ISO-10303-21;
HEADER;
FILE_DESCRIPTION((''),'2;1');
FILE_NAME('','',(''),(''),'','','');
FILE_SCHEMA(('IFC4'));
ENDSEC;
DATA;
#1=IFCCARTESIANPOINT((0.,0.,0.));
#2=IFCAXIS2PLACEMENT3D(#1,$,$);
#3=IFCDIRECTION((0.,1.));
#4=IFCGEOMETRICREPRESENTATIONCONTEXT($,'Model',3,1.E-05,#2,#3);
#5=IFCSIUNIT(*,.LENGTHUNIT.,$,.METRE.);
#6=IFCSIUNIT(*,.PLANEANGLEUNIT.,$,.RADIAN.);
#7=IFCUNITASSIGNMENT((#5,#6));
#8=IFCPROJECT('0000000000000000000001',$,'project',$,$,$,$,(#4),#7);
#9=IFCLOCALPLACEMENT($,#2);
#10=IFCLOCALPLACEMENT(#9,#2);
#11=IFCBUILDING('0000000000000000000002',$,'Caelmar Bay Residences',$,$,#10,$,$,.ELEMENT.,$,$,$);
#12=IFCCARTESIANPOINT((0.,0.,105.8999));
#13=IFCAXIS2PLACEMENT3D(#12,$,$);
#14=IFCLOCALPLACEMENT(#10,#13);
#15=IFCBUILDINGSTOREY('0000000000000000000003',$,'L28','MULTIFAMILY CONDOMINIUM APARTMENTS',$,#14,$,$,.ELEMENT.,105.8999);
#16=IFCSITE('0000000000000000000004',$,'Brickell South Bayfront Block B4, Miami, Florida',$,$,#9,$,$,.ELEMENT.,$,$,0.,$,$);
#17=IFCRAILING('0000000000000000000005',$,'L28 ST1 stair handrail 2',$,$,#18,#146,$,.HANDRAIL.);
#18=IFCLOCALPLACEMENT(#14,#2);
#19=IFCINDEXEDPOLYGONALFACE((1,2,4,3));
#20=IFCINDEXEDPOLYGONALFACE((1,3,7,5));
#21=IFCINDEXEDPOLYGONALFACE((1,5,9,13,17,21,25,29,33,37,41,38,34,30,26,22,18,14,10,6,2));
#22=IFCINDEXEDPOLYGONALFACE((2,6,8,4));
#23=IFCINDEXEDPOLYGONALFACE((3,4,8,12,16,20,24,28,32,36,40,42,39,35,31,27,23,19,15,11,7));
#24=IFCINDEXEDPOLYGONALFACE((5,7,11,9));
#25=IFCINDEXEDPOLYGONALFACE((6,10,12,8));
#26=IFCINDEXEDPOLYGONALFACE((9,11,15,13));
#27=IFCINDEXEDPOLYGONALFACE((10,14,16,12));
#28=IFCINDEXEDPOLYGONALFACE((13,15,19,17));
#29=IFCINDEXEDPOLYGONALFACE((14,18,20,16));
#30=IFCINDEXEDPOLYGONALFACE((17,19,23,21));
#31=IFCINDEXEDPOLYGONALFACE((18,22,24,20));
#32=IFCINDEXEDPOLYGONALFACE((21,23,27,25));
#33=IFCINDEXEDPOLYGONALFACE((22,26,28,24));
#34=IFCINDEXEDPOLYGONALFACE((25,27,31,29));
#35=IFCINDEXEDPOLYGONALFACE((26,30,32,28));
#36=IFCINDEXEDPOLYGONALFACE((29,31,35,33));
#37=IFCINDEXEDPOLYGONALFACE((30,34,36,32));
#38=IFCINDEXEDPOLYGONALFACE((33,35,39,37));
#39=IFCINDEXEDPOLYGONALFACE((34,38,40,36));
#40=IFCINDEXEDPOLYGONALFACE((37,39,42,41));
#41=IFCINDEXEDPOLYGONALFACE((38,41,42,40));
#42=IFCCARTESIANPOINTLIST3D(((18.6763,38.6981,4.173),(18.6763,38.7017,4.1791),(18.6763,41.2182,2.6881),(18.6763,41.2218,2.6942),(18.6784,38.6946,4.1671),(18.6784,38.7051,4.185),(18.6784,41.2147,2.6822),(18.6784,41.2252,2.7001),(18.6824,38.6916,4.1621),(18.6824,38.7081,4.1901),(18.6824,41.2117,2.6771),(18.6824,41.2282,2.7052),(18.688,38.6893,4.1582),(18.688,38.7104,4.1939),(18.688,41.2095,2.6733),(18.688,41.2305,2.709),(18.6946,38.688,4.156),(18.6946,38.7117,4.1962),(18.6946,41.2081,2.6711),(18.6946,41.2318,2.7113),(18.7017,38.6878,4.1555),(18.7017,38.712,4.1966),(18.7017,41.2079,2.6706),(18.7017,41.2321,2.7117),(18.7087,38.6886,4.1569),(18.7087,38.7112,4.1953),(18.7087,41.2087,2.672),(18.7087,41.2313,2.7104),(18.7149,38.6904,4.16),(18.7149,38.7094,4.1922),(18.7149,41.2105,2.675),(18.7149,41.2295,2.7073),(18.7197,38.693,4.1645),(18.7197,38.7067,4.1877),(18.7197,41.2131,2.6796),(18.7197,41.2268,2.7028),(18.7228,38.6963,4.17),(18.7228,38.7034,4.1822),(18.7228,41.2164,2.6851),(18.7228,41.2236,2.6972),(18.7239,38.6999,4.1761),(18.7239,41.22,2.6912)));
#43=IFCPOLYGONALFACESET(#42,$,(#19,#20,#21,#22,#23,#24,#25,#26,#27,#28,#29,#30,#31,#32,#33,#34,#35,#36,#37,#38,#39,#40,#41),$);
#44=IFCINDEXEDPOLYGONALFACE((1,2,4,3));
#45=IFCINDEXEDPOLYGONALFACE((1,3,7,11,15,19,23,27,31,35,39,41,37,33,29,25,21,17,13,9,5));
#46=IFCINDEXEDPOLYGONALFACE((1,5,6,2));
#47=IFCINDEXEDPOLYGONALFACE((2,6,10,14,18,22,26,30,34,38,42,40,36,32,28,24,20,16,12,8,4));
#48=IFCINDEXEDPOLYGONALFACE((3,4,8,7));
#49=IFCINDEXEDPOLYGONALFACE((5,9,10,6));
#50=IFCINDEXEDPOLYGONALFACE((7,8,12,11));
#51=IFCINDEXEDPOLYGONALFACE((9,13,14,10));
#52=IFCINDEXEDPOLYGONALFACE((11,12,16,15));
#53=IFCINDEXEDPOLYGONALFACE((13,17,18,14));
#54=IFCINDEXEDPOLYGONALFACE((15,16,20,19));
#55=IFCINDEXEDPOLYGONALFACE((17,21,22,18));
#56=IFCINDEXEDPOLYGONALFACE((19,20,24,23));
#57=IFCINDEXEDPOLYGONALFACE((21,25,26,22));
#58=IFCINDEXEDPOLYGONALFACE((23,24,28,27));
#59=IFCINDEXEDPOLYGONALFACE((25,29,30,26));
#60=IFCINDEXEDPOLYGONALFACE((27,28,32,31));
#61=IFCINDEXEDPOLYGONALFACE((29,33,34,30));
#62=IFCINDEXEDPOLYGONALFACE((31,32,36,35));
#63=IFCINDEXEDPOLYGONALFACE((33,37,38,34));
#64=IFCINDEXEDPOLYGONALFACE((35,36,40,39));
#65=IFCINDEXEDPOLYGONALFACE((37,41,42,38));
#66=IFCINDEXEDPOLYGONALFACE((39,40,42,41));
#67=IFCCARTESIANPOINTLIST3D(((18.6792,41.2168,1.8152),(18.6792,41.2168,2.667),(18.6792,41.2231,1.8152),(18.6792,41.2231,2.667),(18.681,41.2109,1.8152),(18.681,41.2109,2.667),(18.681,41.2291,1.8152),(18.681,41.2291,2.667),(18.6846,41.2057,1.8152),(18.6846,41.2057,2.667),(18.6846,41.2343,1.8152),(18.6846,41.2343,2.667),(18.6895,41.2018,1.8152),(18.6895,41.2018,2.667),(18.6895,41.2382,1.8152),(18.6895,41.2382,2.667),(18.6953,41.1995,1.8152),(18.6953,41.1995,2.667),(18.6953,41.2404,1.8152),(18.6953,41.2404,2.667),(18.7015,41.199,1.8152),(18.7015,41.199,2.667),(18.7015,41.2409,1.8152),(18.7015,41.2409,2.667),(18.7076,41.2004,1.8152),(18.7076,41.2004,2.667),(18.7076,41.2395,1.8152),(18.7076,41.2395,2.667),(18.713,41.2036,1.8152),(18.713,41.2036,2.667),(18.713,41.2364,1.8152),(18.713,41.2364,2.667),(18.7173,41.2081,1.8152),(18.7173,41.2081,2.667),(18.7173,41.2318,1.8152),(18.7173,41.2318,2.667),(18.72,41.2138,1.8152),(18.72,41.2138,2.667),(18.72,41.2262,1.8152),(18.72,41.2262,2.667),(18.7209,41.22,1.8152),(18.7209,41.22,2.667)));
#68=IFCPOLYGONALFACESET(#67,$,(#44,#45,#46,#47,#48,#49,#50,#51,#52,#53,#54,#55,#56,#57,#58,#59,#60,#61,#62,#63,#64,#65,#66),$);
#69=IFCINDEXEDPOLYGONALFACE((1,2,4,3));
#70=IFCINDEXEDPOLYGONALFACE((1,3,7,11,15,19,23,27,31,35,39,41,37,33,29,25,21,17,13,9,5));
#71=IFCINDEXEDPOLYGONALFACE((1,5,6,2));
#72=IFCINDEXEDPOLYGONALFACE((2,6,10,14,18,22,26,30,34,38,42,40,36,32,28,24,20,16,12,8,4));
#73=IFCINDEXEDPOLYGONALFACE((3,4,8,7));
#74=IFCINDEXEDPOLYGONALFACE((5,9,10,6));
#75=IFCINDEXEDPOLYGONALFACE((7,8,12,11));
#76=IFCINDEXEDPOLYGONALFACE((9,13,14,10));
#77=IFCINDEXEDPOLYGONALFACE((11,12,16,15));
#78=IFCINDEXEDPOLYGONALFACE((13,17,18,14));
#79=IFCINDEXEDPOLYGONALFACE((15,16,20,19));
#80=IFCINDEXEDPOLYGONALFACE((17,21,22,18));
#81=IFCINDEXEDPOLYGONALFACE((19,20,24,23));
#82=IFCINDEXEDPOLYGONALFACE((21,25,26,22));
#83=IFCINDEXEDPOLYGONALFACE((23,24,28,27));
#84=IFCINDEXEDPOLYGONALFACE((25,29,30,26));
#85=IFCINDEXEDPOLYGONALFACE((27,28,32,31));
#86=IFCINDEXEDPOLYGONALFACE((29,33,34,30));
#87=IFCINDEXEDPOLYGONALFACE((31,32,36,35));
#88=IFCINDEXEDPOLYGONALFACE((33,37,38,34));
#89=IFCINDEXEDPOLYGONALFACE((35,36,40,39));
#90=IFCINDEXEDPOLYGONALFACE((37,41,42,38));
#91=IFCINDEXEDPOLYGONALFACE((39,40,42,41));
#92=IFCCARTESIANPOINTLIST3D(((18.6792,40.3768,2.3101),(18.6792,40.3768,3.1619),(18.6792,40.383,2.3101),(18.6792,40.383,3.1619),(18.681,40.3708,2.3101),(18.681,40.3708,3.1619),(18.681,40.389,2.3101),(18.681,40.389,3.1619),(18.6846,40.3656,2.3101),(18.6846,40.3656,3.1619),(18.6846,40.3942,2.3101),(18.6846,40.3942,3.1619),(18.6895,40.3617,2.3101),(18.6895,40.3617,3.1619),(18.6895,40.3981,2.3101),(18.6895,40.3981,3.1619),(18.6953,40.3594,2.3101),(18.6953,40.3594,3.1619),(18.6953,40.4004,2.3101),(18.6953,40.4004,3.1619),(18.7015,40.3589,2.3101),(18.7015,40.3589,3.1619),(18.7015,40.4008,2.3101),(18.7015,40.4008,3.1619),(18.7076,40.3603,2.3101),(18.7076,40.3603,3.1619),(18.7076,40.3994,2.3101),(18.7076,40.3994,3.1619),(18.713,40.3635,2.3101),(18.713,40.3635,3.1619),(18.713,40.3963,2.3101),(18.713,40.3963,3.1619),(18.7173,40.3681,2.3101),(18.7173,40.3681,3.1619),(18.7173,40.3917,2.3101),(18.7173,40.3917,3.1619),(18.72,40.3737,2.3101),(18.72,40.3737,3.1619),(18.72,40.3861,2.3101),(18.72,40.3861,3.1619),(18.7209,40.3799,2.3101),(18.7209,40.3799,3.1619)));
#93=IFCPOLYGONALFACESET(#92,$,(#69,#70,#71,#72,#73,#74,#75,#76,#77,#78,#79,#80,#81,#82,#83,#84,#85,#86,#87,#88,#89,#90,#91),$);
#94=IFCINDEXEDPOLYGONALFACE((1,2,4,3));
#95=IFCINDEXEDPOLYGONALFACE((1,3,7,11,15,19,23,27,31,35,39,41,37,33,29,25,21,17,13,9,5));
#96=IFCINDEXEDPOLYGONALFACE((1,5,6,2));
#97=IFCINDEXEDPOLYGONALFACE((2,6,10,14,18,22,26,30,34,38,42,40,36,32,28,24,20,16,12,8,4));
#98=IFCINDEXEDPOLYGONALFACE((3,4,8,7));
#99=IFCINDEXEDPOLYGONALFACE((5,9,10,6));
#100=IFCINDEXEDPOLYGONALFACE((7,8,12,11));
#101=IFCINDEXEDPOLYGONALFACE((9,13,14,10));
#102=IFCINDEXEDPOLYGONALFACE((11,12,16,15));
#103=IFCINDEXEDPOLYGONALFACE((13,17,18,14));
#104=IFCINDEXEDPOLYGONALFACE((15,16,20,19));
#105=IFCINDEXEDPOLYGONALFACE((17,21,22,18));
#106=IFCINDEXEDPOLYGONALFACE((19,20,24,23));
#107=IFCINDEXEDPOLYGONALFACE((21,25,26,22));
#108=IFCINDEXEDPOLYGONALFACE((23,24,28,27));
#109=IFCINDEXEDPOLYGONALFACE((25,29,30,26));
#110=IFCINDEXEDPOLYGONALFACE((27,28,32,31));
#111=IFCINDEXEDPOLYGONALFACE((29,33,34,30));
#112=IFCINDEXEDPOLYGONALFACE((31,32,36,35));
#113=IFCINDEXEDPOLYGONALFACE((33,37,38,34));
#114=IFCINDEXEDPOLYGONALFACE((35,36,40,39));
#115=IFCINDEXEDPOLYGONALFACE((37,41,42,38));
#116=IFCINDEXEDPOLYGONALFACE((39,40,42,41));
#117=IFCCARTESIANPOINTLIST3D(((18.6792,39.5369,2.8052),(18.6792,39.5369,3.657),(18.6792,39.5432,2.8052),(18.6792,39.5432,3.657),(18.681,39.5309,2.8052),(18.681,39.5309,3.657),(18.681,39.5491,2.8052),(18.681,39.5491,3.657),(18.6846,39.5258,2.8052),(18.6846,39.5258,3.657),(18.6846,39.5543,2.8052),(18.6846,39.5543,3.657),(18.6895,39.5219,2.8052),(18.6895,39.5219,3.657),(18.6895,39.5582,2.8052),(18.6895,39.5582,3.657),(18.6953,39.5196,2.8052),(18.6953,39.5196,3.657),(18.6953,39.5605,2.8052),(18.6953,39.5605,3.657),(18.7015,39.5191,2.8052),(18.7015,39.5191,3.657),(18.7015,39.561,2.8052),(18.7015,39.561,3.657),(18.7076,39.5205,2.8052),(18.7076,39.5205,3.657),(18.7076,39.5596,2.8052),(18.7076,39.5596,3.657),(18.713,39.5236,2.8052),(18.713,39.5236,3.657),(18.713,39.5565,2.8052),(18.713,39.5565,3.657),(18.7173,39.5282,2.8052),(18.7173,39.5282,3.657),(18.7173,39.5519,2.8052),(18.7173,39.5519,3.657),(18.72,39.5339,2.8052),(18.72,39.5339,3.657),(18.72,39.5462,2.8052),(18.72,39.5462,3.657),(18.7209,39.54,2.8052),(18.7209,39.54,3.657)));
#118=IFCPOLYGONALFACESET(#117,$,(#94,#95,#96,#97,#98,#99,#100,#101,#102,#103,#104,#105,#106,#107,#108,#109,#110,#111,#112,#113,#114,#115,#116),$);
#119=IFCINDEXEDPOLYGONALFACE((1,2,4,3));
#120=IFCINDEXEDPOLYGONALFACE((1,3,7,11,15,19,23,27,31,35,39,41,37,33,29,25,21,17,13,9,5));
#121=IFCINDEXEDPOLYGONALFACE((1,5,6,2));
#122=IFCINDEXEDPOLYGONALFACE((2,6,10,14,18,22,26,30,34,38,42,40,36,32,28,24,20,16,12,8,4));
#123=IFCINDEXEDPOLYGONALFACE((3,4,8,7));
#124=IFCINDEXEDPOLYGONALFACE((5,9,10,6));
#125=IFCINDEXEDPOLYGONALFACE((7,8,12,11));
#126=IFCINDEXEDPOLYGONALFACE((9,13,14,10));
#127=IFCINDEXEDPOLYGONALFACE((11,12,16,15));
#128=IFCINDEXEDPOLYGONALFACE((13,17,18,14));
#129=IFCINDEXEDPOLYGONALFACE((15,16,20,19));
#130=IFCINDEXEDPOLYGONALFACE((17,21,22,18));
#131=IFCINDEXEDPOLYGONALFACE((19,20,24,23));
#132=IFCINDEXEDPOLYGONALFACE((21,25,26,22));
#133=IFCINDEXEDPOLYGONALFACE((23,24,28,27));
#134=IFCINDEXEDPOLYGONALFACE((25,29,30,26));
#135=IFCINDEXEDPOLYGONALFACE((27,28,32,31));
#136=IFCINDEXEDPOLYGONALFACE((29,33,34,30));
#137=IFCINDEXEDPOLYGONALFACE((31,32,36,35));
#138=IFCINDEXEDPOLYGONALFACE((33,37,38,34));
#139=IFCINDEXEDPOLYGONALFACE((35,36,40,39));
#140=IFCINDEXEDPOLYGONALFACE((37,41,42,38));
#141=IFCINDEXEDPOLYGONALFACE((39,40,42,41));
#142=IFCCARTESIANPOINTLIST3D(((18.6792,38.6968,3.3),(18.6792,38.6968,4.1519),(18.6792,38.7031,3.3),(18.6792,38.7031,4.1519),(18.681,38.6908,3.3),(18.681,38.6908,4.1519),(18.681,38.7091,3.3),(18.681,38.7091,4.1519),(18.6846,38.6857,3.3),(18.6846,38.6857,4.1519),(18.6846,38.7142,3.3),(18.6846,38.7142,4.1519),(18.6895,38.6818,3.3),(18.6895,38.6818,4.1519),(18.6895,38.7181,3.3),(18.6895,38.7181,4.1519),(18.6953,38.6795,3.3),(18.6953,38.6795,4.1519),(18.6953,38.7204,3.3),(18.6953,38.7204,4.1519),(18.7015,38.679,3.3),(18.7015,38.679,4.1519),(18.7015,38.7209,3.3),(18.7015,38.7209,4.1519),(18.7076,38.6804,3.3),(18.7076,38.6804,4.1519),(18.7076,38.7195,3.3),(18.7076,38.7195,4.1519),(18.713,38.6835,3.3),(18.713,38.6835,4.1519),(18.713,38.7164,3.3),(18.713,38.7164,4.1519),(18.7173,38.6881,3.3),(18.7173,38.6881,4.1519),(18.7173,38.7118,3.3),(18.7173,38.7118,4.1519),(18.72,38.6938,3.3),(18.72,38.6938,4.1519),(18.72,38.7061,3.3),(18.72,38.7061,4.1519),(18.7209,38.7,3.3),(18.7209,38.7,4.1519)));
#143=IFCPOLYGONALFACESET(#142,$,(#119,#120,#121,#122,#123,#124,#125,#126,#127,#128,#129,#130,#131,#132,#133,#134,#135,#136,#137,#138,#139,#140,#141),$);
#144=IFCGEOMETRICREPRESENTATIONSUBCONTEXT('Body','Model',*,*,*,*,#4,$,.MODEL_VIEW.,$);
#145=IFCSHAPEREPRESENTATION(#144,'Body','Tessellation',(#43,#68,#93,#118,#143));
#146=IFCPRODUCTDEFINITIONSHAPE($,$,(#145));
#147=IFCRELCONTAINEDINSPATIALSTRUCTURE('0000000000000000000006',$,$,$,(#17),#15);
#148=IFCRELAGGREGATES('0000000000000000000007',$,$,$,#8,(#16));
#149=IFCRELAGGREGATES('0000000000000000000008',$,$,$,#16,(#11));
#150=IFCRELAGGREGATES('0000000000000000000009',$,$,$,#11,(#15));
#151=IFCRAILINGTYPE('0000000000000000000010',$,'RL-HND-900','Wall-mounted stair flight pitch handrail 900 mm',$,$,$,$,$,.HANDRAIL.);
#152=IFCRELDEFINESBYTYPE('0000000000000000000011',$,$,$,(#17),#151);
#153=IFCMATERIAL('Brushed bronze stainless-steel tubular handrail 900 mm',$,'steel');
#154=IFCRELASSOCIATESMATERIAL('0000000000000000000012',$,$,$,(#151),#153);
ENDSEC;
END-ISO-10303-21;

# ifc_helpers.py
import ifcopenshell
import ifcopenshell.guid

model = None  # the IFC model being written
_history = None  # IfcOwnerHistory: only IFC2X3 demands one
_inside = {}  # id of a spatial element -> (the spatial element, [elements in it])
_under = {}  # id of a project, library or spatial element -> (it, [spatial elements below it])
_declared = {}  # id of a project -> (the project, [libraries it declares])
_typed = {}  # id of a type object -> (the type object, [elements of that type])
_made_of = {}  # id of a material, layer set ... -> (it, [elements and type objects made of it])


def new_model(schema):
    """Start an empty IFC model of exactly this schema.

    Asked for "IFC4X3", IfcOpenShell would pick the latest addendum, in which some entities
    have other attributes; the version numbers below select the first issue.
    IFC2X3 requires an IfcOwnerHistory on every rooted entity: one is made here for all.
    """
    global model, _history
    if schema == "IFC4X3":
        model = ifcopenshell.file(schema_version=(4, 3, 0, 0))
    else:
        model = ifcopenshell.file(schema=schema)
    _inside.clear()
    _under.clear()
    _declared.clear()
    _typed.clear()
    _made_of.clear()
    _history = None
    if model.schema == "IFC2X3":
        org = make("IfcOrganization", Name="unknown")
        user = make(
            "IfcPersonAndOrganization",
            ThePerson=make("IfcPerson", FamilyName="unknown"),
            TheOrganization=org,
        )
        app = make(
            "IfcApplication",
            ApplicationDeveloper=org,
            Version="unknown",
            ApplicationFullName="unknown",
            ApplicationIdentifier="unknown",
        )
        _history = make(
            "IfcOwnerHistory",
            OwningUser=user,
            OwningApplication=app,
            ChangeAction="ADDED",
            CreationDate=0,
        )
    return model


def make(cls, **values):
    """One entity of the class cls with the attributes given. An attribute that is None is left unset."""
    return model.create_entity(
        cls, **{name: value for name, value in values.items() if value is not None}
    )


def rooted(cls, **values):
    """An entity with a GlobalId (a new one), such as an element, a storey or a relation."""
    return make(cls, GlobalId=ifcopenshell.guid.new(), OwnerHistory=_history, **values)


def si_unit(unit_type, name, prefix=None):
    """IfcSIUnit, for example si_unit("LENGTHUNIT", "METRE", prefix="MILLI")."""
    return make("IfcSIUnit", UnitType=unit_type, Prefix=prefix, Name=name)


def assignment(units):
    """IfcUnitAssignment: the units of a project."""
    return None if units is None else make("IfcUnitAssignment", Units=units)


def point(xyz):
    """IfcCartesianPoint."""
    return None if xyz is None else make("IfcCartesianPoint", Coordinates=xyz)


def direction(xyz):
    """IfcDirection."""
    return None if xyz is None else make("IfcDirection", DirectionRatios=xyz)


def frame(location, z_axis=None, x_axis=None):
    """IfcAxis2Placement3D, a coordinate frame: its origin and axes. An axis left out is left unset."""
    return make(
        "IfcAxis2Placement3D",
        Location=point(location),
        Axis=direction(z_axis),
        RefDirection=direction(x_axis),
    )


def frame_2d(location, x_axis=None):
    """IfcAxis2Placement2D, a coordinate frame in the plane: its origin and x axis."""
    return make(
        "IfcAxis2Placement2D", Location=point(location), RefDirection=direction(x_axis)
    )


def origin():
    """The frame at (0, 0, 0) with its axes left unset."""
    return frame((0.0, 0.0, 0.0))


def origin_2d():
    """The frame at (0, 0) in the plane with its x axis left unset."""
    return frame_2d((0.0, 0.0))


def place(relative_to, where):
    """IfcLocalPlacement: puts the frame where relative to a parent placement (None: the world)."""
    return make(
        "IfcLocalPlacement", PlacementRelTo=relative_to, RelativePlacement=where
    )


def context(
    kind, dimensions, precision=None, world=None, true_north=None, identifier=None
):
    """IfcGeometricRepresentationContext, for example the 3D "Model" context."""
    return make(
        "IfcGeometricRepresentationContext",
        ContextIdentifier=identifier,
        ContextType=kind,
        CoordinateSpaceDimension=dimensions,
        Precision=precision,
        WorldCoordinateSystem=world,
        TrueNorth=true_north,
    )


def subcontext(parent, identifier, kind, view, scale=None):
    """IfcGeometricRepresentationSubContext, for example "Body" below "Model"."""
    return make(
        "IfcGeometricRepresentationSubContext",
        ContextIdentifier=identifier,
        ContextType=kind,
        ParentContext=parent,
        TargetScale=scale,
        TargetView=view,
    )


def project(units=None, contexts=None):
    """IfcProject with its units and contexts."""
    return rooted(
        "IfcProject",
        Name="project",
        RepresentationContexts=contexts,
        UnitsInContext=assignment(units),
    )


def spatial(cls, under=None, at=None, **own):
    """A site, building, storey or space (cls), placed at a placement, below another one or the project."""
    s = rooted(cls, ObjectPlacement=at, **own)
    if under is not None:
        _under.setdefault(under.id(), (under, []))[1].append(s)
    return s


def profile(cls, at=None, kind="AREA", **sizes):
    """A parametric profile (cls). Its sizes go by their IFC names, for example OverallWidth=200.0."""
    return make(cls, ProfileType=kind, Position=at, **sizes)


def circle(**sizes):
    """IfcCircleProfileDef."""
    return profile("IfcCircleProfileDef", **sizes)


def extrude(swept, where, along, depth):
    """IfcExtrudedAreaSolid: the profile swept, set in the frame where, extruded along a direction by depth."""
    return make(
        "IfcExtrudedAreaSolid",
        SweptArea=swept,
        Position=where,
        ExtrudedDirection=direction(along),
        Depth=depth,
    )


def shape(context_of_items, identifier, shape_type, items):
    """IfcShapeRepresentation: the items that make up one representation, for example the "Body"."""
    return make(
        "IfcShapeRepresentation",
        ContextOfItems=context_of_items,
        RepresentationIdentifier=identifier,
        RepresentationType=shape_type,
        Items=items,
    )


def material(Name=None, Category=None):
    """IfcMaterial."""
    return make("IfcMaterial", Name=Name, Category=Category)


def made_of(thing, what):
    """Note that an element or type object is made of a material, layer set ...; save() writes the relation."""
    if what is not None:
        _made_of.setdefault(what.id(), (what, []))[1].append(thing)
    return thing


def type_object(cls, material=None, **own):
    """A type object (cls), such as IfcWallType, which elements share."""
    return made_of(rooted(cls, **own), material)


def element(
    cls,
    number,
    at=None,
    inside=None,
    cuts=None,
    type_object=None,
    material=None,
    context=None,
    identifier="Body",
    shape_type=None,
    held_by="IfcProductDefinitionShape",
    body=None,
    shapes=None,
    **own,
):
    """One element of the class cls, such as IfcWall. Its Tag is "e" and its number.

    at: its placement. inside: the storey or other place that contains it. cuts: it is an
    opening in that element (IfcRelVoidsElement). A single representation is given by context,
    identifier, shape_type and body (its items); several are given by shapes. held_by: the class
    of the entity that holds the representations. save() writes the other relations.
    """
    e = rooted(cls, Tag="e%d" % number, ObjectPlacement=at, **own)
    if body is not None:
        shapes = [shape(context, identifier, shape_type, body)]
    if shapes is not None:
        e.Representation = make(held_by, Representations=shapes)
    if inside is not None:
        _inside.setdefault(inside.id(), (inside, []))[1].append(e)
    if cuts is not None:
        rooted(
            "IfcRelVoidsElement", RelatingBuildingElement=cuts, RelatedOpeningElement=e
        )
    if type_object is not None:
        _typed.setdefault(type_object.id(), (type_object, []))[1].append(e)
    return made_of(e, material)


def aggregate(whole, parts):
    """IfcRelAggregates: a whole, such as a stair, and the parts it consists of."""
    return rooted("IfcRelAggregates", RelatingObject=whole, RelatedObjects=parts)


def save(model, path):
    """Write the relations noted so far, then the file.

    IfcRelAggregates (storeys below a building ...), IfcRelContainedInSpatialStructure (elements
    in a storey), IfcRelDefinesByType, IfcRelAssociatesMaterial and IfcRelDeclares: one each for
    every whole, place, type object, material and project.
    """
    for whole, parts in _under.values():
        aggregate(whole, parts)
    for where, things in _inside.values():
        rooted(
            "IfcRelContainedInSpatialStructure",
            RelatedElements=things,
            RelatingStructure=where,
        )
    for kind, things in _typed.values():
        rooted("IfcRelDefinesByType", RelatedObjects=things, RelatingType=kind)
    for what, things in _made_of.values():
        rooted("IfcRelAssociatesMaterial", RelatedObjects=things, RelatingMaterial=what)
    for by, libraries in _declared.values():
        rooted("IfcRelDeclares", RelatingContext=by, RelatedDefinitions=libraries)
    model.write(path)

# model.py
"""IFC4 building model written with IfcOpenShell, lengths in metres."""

from ifc_helpers import new_model, si_unit, direction, frame, origin, origin_2d, place, context, subcontext, project, spatial, circle, extrude, material, type_object, element, save


model = new_model("IFC4")

# Units and contexts
model_context = context("Model", 3, precision=1e-05, world=origin(), true_north=direction((0.0, 1.0)))
body_context = subcontext(model_context, "Body", "Model", "MODEL_VIEW")
ifc_project = project(units=[si_unit("LENGTHUNIT", "METRE"), si_unit("PLANEANGLEUNIT", "RADIAN")], contexts=[model_context])

# Site, building, storey
site_placement = place(None, origin())
site = spatial("IfcSite", under=ifc_project, at=site_placement, Name="Brickell South Bayfront Block B4, Miami, Florida", CompositionType="ELEMENT", RefElevation=0.0)
building_placement = place(site_placement, origin())
building = spatial("IfcBuilding", under=site, at=building_placement, Name="Caelmar Bay Residences", CompositionType="ELEMENT")
storey_placement = place(building_placement, frame((0.0, 0.0, 105.8999)))
storey = spatial("IfcBuildingStorey", under=building, at=storey_placement, Name="L28", Description="MULTIFAMILY CONDOMINIUM APARTMENTS", CompositionType="ELEMENT", Elevation=105.8999)

# Railing
ifc_material_1 = material(Name="Brushed bronze stainless-steel tubular handrail 900 mm", Category="steel")
railing_type_1 = type_object("IfcRailingType", Name="RL-HND-900", Description="Wall-mounted stair flight pitch handrail 900 mm", PredefinedType="HANDRAIL", material=ifc_material_1)
railing_1_placement = place(storey_placement, frame((18.7, 41.22, 1.8152)))
element("IfcRailing", 1, at=railing_1_placement, inside=storey, type_object=railing_type_1, Name="L28 ST1 stair handrail 2", PredefinedType="HANDRAIL", context=body_context, shape_type="SweptSolid", body=[
    extrude(circle(Radius=0.0239, at=origin_2d()), frame((0.0, 0.0, 0.876), z_axis=(0.0, -0.861561, 0.507655), x_axis=(1.0, 0.0, 0.0)), (0.0, 0.0, 1.0), 2.925),
    extrude(circle(Radius=0.021, at=origin_2d()), origin(), (0.0, 0.0, 1.0), 0.8518),
    extrude(circle(Radius=0.021, at=origin_2d()), frame((0.0, -0.8401, 0.4949)), (0.0, 0.0, 1.0), 0.8518),
    extrude(circle(Radius=0.021, at=origin_2d()), frame((0.0, -1.6799, 0.99)), (0.0, 0.0, 1.0), 0.8518),
    extrude(circle(Radius=0.021, at=origin_2d()), frame((0.0, -2.52, 1.4849)), (0.0, 0.0, 1.0), 0.8518),
])

save(model, "model.ifc")
